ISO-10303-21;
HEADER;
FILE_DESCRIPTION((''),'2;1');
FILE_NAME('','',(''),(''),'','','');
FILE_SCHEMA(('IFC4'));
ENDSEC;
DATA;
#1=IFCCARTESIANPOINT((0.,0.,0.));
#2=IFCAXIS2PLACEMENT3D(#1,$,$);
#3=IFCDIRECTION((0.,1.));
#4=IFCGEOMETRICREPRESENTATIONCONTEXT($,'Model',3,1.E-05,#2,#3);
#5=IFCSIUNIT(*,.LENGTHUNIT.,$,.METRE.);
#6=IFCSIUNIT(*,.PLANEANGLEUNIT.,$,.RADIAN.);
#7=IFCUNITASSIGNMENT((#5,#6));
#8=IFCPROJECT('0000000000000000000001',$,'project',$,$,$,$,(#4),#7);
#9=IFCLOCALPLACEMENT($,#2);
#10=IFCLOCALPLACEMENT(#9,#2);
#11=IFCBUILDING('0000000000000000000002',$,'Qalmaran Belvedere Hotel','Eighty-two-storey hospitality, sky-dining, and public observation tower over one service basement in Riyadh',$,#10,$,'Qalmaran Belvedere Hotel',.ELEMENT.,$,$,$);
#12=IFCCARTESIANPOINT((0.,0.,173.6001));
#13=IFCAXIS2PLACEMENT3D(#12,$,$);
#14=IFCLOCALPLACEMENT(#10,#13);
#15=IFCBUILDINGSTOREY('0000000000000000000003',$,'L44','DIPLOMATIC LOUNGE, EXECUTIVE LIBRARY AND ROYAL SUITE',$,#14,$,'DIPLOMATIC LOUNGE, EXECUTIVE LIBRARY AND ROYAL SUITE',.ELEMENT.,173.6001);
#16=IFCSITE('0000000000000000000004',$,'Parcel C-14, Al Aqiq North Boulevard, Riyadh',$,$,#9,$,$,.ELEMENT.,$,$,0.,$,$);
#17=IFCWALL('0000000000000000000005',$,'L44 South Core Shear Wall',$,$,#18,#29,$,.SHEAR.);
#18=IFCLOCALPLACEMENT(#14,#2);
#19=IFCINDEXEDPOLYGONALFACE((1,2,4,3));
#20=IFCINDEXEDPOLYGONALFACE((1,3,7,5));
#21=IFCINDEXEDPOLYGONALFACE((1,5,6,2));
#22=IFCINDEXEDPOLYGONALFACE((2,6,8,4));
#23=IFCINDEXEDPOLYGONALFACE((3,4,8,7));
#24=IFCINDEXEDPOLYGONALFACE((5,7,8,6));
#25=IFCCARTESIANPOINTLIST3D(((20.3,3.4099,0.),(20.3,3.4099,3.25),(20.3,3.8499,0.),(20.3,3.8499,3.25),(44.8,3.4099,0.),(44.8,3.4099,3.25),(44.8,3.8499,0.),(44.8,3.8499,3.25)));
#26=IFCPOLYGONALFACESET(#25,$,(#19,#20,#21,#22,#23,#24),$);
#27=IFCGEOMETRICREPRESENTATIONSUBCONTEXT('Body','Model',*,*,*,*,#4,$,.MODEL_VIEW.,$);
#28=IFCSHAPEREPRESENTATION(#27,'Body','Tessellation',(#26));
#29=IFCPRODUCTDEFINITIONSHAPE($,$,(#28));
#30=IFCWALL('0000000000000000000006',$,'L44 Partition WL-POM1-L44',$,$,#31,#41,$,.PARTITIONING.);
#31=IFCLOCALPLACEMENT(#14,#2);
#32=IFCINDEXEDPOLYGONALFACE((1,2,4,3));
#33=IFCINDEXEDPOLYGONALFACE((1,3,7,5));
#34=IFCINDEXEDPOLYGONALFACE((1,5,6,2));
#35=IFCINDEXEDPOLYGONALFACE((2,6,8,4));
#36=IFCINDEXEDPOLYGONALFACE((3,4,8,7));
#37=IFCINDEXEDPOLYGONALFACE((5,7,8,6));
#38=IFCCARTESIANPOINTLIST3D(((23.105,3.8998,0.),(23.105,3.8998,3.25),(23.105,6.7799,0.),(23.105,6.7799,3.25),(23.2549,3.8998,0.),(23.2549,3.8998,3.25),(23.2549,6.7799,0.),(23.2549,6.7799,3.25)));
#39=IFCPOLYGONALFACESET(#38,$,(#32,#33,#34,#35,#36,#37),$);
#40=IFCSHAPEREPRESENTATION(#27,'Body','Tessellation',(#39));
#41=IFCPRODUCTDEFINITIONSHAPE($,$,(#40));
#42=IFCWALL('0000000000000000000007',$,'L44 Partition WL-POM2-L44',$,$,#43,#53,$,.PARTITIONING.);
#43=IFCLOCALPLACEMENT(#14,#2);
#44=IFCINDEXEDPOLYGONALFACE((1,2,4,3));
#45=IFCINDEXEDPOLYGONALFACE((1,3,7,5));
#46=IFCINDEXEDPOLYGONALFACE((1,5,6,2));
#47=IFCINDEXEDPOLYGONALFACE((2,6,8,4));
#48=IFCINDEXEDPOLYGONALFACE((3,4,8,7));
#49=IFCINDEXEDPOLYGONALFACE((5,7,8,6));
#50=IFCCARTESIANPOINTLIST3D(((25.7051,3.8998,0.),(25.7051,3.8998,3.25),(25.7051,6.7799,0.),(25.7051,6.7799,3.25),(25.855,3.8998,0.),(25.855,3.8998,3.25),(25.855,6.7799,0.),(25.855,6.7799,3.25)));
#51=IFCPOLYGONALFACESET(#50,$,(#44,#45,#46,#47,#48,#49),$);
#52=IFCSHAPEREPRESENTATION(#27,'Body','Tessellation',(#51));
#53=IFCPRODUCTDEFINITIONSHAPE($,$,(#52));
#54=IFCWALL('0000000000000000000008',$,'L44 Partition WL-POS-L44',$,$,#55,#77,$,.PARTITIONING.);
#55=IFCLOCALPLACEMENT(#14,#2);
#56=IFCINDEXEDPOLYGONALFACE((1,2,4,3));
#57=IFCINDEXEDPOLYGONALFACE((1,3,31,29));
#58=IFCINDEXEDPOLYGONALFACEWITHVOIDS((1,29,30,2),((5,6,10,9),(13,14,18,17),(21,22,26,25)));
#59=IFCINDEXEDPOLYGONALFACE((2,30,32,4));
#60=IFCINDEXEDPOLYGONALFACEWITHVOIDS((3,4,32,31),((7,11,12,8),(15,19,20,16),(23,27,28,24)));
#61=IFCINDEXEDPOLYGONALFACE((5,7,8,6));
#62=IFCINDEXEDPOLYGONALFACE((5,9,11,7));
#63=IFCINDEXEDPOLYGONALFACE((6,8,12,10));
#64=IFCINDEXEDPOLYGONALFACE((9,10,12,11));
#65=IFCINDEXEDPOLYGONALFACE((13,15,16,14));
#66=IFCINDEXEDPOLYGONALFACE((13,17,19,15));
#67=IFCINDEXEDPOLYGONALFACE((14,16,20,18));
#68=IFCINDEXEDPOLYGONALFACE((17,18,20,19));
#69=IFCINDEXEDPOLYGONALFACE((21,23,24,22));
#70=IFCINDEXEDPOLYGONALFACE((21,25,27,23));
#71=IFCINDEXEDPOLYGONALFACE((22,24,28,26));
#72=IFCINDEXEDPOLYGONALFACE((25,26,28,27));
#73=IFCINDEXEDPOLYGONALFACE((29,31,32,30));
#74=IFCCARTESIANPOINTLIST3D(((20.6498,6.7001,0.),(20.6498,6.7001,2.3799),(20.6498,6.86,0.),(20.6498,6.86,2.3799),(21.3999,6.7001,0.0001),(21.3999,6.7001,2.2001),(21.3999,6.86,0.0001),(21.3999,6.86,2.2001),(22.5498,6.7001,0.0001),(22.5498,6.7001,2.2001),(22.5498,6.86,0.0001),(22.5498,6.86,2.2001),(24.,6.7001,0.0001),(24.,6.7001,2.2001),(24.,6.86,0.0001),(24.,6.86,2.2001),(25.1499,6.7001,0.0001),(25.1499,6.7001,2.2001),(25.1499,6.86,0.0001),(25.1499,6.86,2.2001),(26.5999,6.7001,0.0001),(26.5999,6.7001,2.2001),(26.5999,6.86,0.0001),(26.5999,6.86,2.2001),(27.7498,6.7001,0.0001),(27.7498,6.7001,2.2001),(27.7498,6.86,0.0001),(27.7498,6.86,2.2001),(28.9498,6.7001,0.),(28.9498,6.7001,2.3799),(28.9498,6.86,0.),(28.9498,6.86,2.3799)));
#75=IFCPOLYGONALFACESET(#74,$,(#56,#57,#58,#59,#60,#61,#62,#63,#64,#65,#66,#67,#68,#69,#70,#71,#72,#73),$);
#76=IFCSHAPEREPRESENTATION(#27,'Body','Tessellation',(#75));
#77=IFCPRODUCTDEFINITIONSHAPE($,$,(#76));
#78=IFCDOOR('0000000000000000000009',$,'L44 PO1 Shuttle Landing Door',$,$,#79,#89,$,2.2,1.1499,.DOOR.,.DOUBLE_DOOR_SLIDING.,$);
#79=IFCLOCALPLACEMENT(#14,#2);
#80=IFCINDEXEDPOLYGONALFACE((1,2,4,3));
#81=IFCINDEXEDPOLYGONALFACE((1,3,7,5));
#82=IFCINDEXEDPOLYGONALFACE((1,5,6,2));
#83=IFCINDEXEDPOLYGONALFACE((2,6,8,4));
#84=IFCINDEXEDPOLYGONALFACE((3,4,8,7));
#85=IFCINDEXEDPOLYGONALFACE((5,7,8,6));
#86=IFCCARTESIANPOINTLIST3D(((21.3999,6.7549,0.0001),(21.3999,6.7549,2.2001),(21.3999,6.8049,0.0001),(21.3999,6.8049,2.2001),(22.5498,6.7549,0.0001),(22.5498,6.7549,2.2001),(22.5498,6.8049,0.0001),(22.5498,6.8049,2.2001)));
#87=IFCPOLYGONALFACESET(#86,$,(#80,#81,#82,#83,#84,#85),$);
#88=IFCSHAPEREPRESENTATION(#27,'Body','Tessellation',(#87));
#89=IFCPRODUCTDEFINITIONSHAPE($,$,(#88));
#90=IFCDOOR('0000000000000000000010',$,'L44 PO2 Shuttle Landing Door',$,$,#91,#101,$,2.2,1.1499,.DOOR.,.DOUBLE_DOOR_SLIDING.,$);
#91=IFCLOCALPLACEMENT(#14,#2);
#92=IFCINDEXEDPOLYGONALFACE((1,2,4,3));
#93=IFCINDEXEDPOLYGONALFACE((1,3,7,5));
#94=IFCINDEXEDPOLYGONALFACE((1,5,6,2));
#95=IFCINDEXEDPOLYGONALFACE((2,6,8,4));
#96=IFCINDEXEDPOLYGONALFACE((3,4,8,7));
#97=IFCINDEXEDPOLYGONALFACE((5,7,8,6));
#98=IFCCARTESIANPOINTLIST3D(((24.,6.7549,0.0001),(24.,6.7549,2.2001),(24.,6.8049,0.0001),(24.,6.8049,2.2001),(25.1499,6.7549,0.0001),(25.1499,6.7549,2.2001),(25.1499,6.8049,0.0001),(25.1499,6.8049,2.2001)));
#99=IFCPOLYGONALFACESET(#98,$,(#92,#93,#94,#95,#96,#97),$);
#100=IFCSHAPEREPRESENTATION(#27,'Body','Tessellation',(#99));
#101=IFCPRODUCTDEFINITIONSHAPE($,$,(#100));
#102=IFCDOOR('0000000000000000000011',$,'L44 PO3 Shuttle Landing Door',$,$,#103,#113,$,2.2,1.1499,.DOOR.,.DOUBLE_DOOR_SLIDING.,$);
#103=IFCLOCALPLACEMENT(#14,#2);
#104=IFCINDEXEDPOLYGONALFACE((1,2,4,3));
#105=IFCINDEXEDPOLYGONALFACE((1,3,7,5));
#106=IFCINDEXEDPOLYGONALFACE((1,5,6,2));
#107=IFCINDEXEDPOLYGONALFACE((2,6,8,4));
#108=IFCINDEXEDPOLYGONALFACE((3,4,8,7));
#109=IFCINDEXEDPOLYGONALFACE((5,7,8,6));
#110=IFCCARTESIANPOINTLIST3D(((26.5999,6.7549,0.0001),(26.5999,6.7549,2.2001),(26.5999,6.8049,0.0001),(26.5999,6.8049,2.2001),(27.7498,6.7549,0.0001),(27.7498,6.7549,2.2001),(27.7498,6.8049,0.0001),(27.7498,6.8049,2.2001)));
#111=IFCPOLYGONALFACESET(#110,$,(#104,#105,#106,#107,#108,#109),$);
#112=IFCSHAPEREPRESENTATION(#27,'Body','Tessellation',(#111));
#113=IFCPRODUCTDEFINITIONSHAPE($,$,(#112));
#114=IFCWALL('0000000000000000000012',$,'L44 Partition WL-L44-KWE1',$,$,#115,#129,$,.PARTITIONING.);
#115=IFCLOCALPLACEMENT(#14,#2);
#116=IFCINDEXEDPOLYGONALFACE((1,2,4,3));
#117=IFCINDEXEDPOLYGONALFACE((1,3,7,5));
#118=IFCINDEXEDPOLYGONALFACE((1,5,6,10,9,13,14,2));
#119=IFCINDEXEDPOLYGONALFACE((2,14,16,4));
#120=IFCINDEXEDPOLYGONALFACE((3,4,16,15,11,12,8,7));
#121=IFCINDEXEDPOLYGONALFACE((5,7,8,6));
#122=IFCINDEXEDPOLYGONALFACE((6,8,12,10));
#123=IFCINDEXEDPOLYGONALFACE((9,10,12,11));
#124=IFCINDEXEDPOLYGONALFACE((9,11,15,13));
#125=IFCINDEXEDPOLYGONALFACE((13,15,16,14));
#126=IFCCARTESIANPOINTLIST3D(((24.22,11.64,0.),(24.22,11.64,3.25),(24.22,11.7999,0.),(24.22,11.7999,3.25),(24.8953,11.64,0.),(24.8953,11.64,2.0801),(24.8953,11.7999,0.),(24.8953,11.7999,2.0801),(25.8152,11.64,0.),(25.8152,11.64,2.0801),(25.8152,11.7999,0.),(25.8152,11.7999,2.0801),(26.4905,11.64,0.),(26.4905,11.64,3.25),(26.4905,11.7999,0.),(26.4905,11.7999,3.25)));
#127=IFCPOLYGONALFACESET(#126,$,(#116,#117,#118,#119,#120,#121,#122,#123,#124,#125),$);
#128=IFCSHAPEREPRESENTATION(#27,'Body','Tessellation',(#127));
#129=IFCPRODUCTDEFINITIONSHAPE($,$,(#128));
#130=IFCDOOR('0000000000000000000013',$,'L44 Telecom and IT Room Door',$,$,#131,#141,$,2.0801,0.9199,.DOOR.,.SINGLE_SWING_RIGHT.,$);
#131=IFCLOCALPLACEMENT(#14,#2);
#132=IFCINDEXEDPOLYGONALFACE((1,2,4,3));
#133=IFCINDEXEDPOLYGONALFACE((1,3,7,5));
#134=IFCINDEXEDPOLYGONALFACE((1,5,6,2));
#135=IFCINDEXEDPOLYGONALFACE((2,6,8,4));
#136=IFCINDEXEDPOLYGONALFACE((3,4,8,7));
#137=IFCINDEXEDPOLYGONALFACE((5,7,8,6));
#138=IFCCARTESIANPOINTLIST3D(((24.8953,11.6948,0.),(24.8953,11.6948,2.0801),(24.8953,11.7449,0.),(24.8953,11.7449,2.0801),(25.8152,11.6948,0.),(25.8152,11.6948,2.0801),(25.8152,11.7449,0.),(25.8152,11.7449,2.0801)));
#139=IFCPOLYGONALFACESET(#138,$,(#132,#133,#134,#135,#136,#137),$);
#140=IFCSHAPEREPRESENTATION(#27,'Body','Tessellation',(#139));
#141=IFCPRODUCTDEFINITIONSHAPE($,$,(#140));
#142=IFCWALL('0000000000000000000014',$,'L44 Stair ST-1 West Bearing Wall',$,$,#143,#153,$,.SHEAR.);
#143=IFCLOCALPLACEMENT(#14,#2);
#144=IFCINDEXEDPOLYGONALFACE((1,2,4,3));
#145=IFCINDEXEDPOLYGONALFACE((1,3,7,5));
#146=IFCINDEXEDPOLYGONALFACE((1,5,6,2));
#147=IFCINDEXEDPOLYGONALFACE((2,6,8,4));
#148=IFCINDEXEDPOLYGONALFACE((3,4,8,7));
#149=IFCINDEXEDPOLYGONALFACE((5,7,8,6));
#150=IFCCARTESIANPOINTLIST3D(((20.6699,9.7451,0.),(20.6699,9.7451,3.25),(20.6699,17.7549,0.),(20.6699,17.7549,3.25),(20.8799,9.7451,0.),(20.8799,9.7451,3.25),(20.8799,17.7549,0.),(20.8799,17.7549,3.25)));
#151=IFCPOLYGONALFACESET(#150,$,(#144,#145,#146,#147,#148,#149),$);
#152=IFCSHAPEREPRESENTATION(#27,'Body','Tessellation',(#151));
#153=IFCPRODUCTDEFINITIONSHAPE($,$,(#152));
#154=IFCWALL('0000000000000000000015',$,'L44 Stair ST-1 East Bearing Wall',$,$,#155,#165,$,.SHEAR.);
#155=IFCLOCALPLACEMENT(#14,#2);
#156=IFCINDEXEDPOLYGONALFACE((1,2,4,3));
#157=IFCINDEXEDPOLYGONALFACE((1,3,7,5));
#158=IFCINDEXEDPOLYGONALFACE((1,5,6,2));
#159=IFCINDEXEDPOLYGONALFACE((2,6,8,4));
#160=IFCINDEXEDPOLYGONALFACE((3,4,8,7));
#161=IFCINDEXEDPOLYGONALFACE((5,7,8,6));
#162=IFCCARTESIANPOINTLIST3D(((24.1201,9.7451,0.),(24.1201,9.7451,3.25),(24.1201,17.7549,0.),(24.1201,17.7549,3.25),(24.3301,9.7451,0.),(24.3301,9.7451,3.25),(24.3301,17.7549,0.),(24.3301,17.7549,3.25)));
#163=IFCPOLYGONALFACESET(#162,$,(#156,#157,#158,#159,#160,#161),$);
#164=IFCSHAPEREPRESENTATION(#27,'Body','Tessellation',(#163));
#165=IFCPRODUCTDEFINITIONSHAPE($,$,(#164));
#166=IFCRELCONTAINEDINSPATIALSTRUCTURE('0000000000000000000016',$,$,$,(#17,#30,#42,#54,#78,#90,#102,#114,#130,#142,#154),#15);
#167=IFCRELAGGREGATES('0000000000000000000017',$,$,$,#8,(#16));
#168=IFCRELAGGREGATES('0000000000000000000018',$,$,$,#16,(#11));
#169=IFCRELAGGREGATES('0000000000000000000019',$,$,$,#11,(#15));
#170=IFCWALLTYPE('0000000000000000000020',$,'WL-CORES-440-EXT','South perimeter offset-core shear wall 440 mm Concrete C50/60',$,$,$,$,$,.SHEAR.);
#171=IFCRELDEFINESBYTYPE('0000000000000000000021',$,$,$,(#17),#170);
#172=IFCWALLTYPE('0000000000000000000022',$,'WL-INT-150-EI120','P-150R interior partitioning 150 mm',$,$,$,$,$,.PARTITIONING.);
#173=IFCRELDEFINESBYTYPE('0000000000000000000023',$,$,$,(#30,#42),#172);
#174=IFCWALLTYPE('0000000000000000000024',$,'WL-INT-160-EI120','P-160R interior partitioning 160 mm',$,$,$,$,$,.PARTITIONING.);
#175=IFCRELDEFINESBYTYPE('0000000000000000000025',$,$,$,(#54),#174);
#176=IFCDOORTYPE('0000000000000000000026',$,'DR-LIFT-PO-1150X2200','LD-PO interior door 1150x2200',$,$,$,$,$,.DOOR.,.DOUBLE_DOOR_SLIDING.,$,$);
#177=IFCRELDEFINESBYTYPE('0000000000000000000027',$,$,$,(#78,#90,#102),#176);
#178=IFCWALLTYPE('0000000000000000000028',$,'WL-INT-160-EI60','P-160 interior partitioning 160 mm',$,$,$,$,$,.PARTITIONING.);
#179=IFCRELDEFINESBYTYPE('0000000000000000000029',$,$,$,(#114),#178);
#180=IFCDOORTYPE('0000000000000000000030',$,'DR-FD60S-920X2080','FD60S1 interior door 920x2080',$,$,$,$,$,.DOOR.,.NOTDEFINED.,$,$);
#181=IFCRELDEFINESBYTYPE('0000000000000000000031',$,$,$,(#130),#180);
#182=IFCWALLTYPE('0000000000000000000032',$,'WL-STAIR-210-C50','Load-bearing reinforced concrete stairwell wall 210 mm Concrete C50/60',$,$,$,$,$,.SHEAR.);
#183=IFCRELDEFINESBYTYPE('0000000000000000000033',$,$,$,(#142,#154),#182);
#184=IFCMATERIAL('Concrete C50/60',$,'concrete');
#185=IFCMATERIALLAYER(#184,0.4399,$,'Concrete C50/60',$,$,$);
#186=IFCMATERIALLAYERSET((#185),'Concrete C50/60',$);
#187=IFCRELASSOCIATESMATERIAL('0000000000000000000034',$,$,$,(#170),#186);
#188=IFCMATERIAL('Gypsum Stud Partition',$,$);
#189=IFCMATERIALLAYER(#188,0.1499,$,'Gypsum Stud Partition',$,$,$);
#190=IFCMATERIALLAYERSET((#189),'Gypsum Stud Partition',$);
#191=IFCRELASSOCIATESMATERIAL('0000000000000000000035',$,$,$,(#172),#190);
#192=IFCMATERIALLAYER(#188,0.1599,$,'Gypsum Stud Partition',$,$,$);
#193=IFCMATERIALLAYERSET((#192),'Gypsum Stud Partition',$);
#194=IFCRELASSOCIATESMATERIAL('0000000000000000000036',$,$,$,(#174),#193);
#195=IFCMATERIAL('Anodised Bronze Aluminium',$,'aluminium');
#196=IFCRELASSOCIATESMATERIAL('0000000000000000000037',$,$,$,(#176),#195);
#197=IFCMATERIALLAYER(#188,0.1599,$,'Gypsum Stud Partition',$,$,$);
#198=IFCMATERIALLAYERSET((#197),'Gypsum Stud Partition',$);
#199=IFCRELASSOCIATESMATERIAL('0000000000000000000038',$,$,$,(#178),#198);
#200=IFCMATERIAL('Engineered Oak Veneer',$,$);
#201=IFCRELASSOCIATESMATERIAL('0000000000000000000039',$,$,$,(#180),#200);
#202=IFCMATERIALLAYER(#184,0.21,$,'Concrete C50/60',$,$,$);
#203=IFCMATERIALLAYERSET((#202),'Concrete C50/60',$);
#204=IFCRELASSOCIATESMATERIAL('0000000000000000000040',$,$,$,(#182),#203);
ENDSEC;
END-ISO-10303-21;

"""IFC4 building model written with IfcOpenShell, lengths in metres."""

from ifc_helpers import new_model, si_unit, direction, frame, frame_2d, origin, place, context, subcontext, project, spatial, rectangle, extrude, material, layer, layer_set, type_object, element, fill, save


model = new_model("IFC4")

# Units and contexts
model_context = context("Model", 3, precision=1e-05, world=origin(), true_north=direction((0.0, 1.0)))
body_context = subcontext(model_context, "Body", "Model", "MODEL_VIEW")
ifc_project = project(units=[si_unit("LENGTHUNIT", "METRE"), si_unit("PLANEANGLEUNIT", "RADIAN")], contexts=[model_context])

# Site, building, storey
site_placement = place(None, origin())
site = spatial("IfcSite", under=ifc_project, at=site_placement, Name="Parcel C-14, Al Aqiq North Boulevard, Riyadh", CompositionType="ELEMENT", RefElevation=0.0)
building_placement = place(site_placement, origin())
building = spatial("IfcBuilding", under=site, at=building_placement, Name="Qalmaran Belvedere Hotel", Description="Eighty-two-storey hospitality, sky-dining, and public observation tower over one service basement in Riyadh", LongName="Qalmaran Belvedere Hotel", CompositionType="ELEMENT")
storey_placement = place(building_placement, frame((0.0, 0.0, 173.6001)))
storey = spatial("IfcBuildingStorey", under=building, at=storey_placement, Name="L44", Description="DIPLOMATIC LOUNGE, EXECUTIVE LIBRARY AND ROYAL SUITE", LongName="DIPLOMATIC LOUNGE, EXECUTIVE LIBRARY AND ROYAL SUITE", CompositionType="ELEMENT", Elevation=173.6001)

# Shared definitions
ifc_material_1 = material(Name="Concrete C50/60", Category="concrete")

# Shared definitions
ifc_material_2 = material(Name="Anodised Bronze Aluminium", Category="aluminium")

# Walls
ifc_layer_1 = layer(ifc_material_1, 0.4399, Name="Concrete C50/60")
ifc_layer_set_1 = layer_set([ifc_layer_1], Name="Concrete C50/60")
wall_type_1 = type_object("IfcWallType", Name="WL-CORES-440-EXT", Description="South perimeter offset-core shear wall 440 mm Concrete C50/60", PredefinedType="SHEAR", material=ifc_layer_set_1)
wall_1_placement = place(storey_placement, frame((20.3, 3.6299, 0.0), z_axis=(0.0, 0.0, 1.0), x_axis=(1.0, 0.0, 0.0)))
element("IfcWall", 1, at=wall_1_placement, inside=storey, type_object=wall_type_1, Name="L44 South Core Shear Wall", PredefinedType="SHEAR", context=body_context, shape_type="SweptSolid", body=[
    extrude(rectangle(XDim=24.5, YDim=0.4399, at=frame_2d((12.25, 0.0))), origin(), (0.0, 0.0, 1.0), 3.25),
])
ifc_material_3 = material(Name="Gypsum Stud Partition")
ifc_layer_2 = layer(ifc_material_3, 0.1499, Name="Gypsum Stud Partition")
ifc_layer_set_2 = layer_set([ifc_layer_2], Name="Gypsum Stud Partition")
wall_type_2 = type_object("IfcWallType", Name="WL-INT-150-EI120", Description="P-150R interior partitioning 150 mm", PredefinedType="PARTITIONING", material=ifc_layer_set_2)
for number, where, z_axis, x_axis, name in (
    (2, (23.1799, 3.8999, 0.0), (0.0, 0.0, 1.0), (0.0, 1.0, 0.0), "L44 Partition WL-POM1-L44"),
    (3, (25.78, 3.8999, 0.0), (0.0, 0.0, 1.0), (0.0, 1.0, 0.0), "L44 Partition WL-POM2-L44"),
):
    element("IfcWall", number, at=place(storey_placement, frame(where, z_axis=z_axis, x_axis=x_axis)), inside=storey, type_object=wall_type_2, Name=name, PredefinedType="PARTITIONING", context=body_context, shape_type="SweptSolid", body=[
        extrude(rectangle(XDim=2.8801, YDim=0.1499, at=frame_2d((1.4399, 0.0))), origin(), (0.0, 0.0, 1.0), 3.25),
    ])

# Wall, openings, doors
ifc_layer_3 = layer(ifc_material_3, 0.1599, Name="Gypsum Stud Partition")
ifc_layer_set_3 = layer_set([ifc_layer_3], Name="Gypsum Stud Partition")
wall_type_3 = type_object("IfcWallType", Name="WL-INT-160-EI120", Description="P-160R interior partitioning 160 mm", PredefinedType="PARTITIONING", material=ifc_layer_set_3)
wall_2_placement = place(storey_placement, frame((20.6499, 6.78, 0.0), z_axis=(0.0, 0.0, 1.0), x_axis=(1.0, 0.0, 0.0)))
wall_2 = element("IfcWall", 4, at=wall_2_placement, inside=storey, type_object=wall_type_3, Name="L44 Partition WL-POS-L44", PredefinedType="PARTITIONING", context=body_context, shape_type="SweptSolid", body=[
    extrude(rectangle(XDim=8.3, YDim=0.1599, at=frame_2d((4.1499, 0.0))), origin(), (0.0, 0.0, 1.0), 2.3799),
])
opening_1_placement = place(wall_2_placement, frame((0.75, 0.0, 0.0)))
opening_1 = element("IfcOpeningElement", 5, at=opening_1_placement, cuts=wall_2, PredefinedType="OPENING", context=body_context, shape_type="SweptSolid", body=[
    extrude(rectangle(XDim=1.1499, YDim=2.2, at=frame_2d((0.575, 1.1001))), frame((0.0, 0.0898, 0.0), z_axis=(0.0, -1.0, 0.0), x_axis=(1.0, 0.0, 0.0)), (0.0, 0.0, 1.0), 0.1799),
])
opening_2_placement = place(wall_2_placement, frame((3.3501, 0.0, 0.0)))
opening_2 = element("IfcOpeningElement", 6, at=opening_2_placement, cuts=wall_2, PredefinedType="OPENING", context=body_context, shape_type="SweptSolid", body=[
    extrude(rectangle(XDim=1.1499, YDim=2.2, at=frame_2d((0.575, 1.1001))), frame((0.0, 0.0898, 0.0), z_axis=(0.0, -1.0, 0.0), x_axis=(1.0, 0.0, 0.0)), (0.0, 0.0, 1.0), 0.1799),
])
opening_3_placement = place(wall_2_placement, frame((5.95, 0.0, 0.0)))
opening_3 = element("IfcOpeningElement", 7, at=opening_3_placement, cuts=wall_2, PredefinedType="OPENING", context=body_context, shape_type="SweptSolid", body=[
    extrude(rectangle(XDim=1.1499, YDim=2.2, at=frame_2d((0.575, 1.1001))), frame((0.0, 0.0898, 0.0), z_axis=(0.0, -1.0, 0.0), x_axis=(1.0, 0.0, 0.0)), (0.0, 0.0, 1.0), 0.1799),
])
door_type_1 = type_object("IfcDoorType", Name="DR-LIFT-PO-1150X2200", Description="LD-PO interior door 1150x2200", OperationType="DOUBLE_DOOR_SLIDING", PredefinedType="DOOR", material=ifc_material_2)
door_1_placement = place(opening_1_placement, origin())
door_1 = element("IfcDoor", 8, at=door_1_placement, inside=storey, type_object=door_type_1, Name="L44 PO1 Shuttle Landing Door", OperationType="DOUBLE_DOOR_SLIDING", OverallHeight=2.2, OverallWidth=1.1499, PredefinedType="DOOR", context=body_context, shape_type="SweptSolid", body=[
    extrude(rectangle(XDim=1.1499, YDim=2.2, at=frame_2d((0.575, 1.1001))), frame((0.0, 0.0249, 0.0), z_axis=(0.0, -1.0, 0.0), x_axis=(1.0, 0.0, 0.0)), (0.0, 0.0, 1.0), 0.05),
])
fill(opening_1, door_1)
door_2_placement = place(opening_2_placement, origin())
door_2 = element("IfcDoor", 9, at=door_2_placement, inside=storey, type_object=door_type_1, Name="L44 PO2 Shuttle Landing Door", OperationType="DOUBLE_DOOR_SLIDING", OverallHeight=2.2, OverallWidth=1.1499, PredefinedType="DOOR", context=body_context, shape_type="SweptSolid", body=[
    extrude(rectangle(XDim=1.1499, YDim=2.2, at=frame_2d((0.575, 1.1001))), frame((0.0, 0.0249, 0.0), z_axis=(0.0, -1.0, 0.0), x_axis=(1.0, 0.0, 0.0)), (0.0, 0.0, 1.0), 0.05),
])
fill(opening_2, door_2)
door_3_placement = place(opening_3_placement, origin())
door_3 = element("IfcDoor", 10, at=door_3_placement, inside=storey, type_object=door_type_1, Name="L44 PO3 Shuttle Landing Door", OperationType="DOUBLE_DOOR_SLIDING", OverallHeight=2.2, OverallWidth=1.1499, PredefinedType="DOOR", context=body_context, shape_type="SweptSolid", body=[
    extrude(rectangle(XDim=1.1499, YDim=2.2, at=frame_2d((0.575, 1.1001))), frame((0.0, 0.0249, 0.0), z_axis=(0.0, -1.0, 0.0), x_axis=(1.0, 0.0, 0.0)), (0.0, 0.0, 1.0), 0.05),
])
fill(opening_3, door_3)

# Wall, opening, door
ifc_layer_4 = layer(ifc_material_3, 0.1599, Name="Gypsum Stud Partition")
ifc_layer_set_4 = layer_set([ifc_layer_4], Name="Gypsum Stud Partition")
wall_type_4 = type_object("IfcWallType", Name="WL-INT-160-EI60", Description="P-160 interior partitioning 160 mm", PredefinedType="PARTITIONING", material=ifc_layer_set_4)
wall_3_placement = place(storey_placement, frame((24.22, 11.72, 0.0), z_axis=(0.0, 0.0, 1.0), x_axis=(1.0, 0.0, 0.0)))
wall_3 = element("IfcWall", 11, at=wall_3_placement, inside=storey, type_object=wall_type_4, Name="L44 Partition WL-L44-KWE1", PredefinedType="PARTITIONING", context=body_context, shape_type="SweptSolid", body=[
    extrude(rectangle(XDim=2.2705, YDim=0.1599, at=frame_2d((1.1353, 0.0))), origin(), (0.0, 0.0, 1.0), 3.25),
])
opening_4_placement = place(wall_3_placement, frame((0.6753, 0.0, 0.0)))
opening_4 = element("IfcOpeningElement", 12, at=opening_4_placement, cuts=wall_3, PredefinedType="OPENING", context=body_context, shape_type="SweptSolid", body=[
    extrude(rectangle(XDim=0.9199, YDim=2.0801, at=frame_2d((0.46, 1.04))), frame((0.0, 0.0898, 0.0), z_axis=(0.0, -1.0, 0.0), x_axis=(1.0, 0.0, 0.0)), (0.0, 0.0, 1.0), 0.1799),
])
ifc_material_4 = material(Name="Engineered Oak Veneer")
door_type_2 = type_object("IfcDoorType", Name="DR-FD60S-920X2080", Description="FD60S1 interior door 920x2080", OperationType="NOTDEFINED", PredefinedType="DOOR", material=ifc_material_4)
door_4_placement = place(opening_4_placement, origin())
door_4 = element("IfcDoor", 13, at=door_4_placement, inside=storey, type_object=door_type_2, Name="L44 Telecom and IT Room Door", OperationType="SINGLE_SWING_RIGHT", OverallHeight=2.0801, OverallWidth=0.9199, PredefinedType="DOOR", context=body_context, shape_type="SweptSolid", body=[
    extrude(rectangle(XDim=0.9199, YDim=2.0801, at=frame_2d((0.46, 1.04))), frame((0.0, 0.0249, 0.0), z_axis=(0.0, -1.0, 0.0), x_axis=(1.0, 0.0, 0.0)), (0.0, 0.0, 1.0), 0.05),
])
fill(opening_4, door_4)

# Walls
ifc_layer_5 = layer(ifc_material_1, 0.21, Name="Concrete C50/60")
ifc_layer_set_5 = layer_set([ifc_layer_5], Name="Concrete C50/60")
wall_type_5 = type_object("IfcWallType", Name="WL-STAIR-210-C50", Description="Load-bearing reinforced concrete stairwell wall 210 mm Concrete C50/60", PredefinedType="SHEAR", material=ifc_layer_set_5)
for number, where, z_axis, x_axis, name in (
    (14, (20.7749, 9.7451, 0.0), (0.0, 0.0, 1.0), (0.0, 1.0, 0.0), "L44 Stair ST-1 West Bearing Wall"),
    (15, (24.2251, 9.7451, 0.0), (0.0, 0.0, 1.0), (0.0, 1.0, 0.0), "L44 Stair ST-1 East Bearing Wall"),
):
    element("IfcWall", number, at=place(storey_placement, frame(where, z_axis=z_axis, x_axis=x_axis)), inside=storey, type_object=wall_type_5, Name=name, PredefinedType="SHEAR", context=body_context, shape_type="SweptSolid", body=[
        extrude(rectangle(XDim=8.0098, YDim=0.21, at=frame_2d((4.0049, 0.0))), origin(), (0.0, 0.0, 1.0), 3.25),
    ])

save(model, "model.ifc")
